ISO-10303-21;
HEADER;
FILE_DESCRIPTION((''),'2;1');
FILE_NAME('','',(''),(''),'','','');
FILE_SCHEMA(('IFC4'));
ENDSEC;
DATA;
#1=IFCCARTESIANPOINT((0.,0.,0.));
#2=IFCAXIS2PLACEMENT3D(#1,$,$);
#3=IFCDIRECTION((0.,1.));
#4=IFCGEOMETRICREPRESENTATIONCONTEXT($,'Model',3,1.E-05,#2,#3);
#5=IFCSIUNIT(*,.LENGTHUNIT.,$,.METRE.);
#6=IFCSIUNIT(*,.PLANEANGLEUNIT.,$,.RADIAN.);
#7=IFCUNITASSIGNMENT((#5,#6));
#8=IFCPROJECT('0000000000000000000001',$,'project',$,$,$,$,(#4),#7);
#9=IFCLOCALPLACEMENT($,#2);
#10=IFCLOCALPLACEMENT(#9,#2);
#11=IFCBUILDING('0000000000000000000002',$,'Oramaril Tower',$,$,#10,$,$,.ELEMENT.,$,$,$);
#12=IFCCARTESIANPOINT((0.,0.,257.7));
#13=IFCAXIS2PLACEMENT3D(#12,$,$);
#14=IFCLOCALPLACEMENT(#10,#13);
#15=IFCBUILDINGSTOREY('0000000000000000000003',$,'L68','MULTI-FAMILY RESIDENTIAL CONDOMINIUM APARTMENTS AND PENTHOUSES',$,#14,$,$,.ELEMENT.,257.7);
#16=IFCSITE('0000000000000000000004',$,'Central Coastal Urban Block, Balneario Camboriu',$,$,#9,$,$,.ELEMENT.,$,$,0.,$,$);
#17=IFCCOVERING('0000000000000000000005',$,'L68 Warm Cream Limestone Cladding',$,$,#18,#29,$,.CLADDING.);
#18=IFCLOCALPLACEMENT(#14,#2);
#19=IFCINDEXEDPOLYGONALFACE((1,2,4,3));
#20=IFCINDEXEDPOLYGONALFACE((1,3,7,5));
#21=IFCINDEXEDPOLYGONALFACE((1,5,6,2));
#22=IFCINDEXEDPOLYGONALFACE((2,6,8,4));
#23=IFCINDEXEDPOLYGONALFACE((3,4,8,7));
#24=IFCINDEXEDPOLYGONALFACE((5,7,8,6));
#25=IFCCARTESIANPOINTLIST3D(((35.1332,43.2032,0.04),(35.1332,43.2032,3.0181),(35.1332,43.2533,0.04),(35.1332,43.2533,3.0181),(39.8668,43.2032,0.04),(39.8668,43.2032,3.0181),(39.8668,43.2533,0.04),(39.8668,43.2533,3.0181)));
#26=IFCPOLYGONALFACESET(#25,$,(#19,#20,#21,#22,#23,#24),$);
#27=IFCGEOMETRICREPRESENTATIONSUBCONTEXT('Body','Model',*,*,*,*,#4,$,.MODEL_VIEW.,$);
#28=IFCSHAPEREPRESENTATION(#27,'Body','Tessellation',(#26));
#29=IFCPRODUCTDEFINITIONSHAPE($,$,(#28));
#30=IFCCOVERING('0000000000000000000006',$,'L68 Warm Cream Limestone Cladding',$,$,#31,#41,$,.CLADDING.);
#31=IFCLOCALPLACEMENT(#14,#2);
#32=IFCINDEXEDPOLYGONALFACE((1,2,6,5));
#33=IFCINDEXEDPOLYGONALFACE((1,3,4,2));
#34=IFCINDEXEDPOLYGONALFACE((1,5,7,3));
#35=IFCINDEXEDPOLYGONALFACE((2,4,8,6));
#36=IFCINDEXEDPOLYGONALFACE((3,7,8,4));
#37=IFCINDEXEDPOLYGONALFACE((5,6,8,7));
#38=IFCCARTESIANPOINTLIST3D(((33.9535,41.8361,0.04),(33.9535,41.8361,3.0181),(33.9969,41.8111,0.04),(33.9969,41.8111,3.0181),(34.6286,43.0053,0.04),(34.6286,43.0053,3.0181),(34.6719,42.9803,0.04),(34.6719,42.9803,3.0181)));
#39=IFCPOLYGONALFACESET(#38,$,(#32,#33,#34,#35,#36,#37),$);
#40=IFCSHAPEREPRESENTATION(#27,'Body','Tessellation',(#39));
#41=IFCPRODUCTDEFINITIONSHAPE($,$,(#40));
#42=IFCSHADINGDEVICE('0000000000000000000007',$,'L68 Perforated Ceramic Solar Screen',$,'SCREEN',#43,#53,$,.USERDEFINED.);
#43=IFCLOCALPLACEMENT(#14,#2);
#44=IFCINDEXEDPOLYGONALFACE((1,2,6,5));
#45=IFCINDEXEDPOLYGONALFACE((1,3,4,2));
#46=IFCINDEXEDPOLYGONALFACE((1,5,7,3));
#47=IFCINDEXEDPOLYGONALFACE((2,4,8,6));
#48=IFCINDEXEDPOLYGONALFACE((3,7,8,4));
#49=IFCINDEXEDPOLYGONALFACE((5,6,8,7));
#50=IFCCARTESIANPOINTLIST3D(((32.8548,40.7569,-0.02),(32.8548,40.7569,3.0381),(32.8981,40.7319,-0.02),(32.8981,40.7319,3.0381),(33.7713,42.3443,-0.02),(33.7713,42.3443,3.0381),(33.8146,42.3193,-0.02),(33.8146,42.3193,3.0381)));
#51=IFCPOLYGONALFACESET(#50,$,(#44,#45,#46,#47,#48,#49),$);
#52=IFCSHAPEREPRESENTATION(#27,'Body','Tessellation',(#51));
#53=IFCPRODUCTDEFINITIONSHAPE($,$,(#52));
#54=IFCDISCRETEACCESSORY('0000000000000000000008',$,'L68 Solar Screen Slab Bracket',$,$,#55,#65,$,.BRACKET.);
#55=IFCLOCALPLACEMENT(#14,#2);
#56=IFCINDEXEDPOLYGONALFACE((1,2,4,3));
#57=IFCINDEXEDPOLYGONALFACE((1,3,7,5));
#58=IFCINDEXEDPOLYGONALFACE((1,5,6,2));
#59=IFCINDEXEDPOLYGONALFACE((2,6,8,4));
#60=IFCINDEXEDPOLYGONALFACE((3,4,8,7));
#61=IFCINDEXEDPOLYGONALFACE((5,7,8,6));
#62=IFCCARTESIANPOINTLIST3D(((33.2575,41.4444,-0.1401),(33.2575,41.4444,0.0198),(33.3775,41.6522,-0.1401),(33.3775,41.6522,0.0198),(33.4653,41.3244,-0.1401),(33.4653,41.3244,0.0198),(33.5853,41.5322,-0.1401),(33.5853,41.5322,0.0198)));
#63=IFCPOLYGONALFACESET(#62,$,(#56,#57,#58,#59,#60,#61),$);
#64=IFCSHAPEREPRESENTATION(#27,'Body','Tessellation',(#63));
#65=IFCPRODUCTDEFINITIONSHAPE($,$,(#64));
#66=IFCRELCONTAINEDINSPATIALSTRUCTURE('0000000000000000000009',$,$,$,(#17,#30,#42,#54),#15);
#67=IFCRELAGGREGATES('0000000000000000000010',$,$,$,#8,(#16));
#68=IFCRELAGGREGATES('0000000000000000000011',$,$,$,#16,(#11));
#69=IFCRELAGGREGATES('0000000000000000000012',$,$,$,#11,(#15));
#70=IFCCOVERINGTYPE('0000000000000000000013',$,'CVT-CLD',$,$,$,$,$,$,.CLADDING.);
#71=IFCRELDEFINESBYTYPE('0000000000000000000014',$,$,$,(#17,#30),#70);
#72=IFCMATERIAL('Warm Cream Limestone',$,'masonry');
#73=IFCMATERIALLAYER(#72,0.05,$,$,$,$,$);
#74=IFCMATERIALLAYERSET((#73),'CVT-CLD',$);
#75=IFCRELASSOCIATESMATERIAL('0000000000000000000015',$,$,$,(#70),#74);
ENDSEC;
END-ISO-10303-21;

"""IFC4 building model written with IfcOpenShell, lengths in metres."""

from ifc_helpers import new_model, si_unit, direction, frame, origin, origin_2d, place, context, subcontext, project, spatial, rectangle, extrude, material, layer, layer_set, type_object, element, save


model = new_model("IFC4")

# Units and contexts
model_context = context("Model", 3, precision=1e-05, world=origin(), true_north=direction((0.0, 1.0)))
body_context = subcontext(model_context, "Body", "Model", "MODEL_VIEW")
ifc_project = project(units=[si_unit("LENGTHUNIT", "METRE"), si_unit("PLANEANGLEUNIT", "RADIAN")], contexts=[model_context])

# Site, building, storey
site_placement = place(None, origin())
site = spatial("IfcSite", under=ifc_project, at=site_placement, Name="Central Coastal Urban Block, Balneario Camboriu", CompositionType="ELEMENT", RefElevation=0.0)
building_placement = place(site_placement, origin())
building = spatial("IfcBuilding", under=site, at=building_placement, Name="Oramaril Tower", CompositionType="ELEMENT")
storey_placement = place(building_placement, frame((0.0, 0.0, 257.7)))
storey = spatial("IfcBuildingStorey", under=building, at=storey_placement, Name="L68", Description="MULTI-FAMILY RESIDENTIAL CONDOMINIUM APARTMENTS AND PENTHOUSES", CompositionType="ELEMENT", Elevation=257.7)

# Coverings
ifc_material_1 = material(Name="Warm Cream Limestone", Category="masonry")
ifc_layer_1 = layer(ifc_material_1, 0.05)
ifc_layer_set_1 = layer_set([ifc_layer_1], Name="CVT-CLD")
covering_type = type_object("IfcCoveringType", Name="CVT-CLD", PredefinedType="CLADDING", material=ifc_layer_set_1)
covering_1_placement = place(storey_placement, frame((37.5, 43.2283, 0.04), z_axis=(0.0, 0.0, 1.0), x_axis=(-1.0, 0.0, 0.0)))
element("IfcCovering", 1, at=covering_1_placement, inside=storey, type_object=covering_type, Name="L68 Warm Cream Limestone Cladding", PredefinedType="CLADDING", context=body_context, shape_type="SweptSolid", body=[
    extrude(rectangle(XDim=4.7336, YDim=0.05, at=origin_2d()), origin(), (0.0, 0.0, 1.0), 2.978),
])
covering_2_placement = place(storey_placement, frame((34.3127, 42.4082, 0.04), z_axis=(0.0, 0.0, 1.0), x_axis=(-0.5, -0.866025, 0.0)))
element("IfcCovering", 2, at=covering_2_placement, inside=storey, type_object=covering_type, Name="L68 Warm Cream Limestone Cladding", PredefinedType="CLADDING", context=body_context, shape_type="SweptSolid", body=[
    extrude(rectangle(XDim=1.3501, YDim=0.05, at=origin_2d()), origin(), (0.0, 0.0, 1.0), 2.978),
])

# Shading device
shading_device_placement = place(storey_placement, frame((33.3347, 41.5381, -0.02), z_axis=(0.0, 0.0, 1.0), x_axis=(-0.5, -0.866025, 0.0)))
element("IfcShadingDevice", 3, at=shading_device_placement, inside=storey, Name="L68 Perforated Ceramic Solar Screen", ObjectType="SCREEN", PredefinedType="USERDEFINED", context=body_context, shape_type="SweptSolid", body=[
    extrude(rectangle(XDim=1.833, YDim=0.05, at=origin_2d()), origin(), (0.0, 0.0, 1.0), 3.0581),
])

# Discrete accessory
discrete_accessory_placement = place(storey_placement, frame((33.4214, 41.4883, -0.1401), z_axis=(0.0, 0.0, 1.0), x_axis=(-0.5, -0.866025, 0.0)))
element("IfcDiscreteAccessory", 4, at=discrete_accessory_placement, inside=storey, Name="L68 Solar Screen Slab Bracket", PredefinedType="BRACKET", context=body_context, shape_type="SweptSolid", body=[
    extrude(rectangle(XDim=0.24, YDim=0.24, at=origin_2d()), origin(), (0.0, 0.0, 1.0), 0.1599),
])

save(model, "model.ifc")
